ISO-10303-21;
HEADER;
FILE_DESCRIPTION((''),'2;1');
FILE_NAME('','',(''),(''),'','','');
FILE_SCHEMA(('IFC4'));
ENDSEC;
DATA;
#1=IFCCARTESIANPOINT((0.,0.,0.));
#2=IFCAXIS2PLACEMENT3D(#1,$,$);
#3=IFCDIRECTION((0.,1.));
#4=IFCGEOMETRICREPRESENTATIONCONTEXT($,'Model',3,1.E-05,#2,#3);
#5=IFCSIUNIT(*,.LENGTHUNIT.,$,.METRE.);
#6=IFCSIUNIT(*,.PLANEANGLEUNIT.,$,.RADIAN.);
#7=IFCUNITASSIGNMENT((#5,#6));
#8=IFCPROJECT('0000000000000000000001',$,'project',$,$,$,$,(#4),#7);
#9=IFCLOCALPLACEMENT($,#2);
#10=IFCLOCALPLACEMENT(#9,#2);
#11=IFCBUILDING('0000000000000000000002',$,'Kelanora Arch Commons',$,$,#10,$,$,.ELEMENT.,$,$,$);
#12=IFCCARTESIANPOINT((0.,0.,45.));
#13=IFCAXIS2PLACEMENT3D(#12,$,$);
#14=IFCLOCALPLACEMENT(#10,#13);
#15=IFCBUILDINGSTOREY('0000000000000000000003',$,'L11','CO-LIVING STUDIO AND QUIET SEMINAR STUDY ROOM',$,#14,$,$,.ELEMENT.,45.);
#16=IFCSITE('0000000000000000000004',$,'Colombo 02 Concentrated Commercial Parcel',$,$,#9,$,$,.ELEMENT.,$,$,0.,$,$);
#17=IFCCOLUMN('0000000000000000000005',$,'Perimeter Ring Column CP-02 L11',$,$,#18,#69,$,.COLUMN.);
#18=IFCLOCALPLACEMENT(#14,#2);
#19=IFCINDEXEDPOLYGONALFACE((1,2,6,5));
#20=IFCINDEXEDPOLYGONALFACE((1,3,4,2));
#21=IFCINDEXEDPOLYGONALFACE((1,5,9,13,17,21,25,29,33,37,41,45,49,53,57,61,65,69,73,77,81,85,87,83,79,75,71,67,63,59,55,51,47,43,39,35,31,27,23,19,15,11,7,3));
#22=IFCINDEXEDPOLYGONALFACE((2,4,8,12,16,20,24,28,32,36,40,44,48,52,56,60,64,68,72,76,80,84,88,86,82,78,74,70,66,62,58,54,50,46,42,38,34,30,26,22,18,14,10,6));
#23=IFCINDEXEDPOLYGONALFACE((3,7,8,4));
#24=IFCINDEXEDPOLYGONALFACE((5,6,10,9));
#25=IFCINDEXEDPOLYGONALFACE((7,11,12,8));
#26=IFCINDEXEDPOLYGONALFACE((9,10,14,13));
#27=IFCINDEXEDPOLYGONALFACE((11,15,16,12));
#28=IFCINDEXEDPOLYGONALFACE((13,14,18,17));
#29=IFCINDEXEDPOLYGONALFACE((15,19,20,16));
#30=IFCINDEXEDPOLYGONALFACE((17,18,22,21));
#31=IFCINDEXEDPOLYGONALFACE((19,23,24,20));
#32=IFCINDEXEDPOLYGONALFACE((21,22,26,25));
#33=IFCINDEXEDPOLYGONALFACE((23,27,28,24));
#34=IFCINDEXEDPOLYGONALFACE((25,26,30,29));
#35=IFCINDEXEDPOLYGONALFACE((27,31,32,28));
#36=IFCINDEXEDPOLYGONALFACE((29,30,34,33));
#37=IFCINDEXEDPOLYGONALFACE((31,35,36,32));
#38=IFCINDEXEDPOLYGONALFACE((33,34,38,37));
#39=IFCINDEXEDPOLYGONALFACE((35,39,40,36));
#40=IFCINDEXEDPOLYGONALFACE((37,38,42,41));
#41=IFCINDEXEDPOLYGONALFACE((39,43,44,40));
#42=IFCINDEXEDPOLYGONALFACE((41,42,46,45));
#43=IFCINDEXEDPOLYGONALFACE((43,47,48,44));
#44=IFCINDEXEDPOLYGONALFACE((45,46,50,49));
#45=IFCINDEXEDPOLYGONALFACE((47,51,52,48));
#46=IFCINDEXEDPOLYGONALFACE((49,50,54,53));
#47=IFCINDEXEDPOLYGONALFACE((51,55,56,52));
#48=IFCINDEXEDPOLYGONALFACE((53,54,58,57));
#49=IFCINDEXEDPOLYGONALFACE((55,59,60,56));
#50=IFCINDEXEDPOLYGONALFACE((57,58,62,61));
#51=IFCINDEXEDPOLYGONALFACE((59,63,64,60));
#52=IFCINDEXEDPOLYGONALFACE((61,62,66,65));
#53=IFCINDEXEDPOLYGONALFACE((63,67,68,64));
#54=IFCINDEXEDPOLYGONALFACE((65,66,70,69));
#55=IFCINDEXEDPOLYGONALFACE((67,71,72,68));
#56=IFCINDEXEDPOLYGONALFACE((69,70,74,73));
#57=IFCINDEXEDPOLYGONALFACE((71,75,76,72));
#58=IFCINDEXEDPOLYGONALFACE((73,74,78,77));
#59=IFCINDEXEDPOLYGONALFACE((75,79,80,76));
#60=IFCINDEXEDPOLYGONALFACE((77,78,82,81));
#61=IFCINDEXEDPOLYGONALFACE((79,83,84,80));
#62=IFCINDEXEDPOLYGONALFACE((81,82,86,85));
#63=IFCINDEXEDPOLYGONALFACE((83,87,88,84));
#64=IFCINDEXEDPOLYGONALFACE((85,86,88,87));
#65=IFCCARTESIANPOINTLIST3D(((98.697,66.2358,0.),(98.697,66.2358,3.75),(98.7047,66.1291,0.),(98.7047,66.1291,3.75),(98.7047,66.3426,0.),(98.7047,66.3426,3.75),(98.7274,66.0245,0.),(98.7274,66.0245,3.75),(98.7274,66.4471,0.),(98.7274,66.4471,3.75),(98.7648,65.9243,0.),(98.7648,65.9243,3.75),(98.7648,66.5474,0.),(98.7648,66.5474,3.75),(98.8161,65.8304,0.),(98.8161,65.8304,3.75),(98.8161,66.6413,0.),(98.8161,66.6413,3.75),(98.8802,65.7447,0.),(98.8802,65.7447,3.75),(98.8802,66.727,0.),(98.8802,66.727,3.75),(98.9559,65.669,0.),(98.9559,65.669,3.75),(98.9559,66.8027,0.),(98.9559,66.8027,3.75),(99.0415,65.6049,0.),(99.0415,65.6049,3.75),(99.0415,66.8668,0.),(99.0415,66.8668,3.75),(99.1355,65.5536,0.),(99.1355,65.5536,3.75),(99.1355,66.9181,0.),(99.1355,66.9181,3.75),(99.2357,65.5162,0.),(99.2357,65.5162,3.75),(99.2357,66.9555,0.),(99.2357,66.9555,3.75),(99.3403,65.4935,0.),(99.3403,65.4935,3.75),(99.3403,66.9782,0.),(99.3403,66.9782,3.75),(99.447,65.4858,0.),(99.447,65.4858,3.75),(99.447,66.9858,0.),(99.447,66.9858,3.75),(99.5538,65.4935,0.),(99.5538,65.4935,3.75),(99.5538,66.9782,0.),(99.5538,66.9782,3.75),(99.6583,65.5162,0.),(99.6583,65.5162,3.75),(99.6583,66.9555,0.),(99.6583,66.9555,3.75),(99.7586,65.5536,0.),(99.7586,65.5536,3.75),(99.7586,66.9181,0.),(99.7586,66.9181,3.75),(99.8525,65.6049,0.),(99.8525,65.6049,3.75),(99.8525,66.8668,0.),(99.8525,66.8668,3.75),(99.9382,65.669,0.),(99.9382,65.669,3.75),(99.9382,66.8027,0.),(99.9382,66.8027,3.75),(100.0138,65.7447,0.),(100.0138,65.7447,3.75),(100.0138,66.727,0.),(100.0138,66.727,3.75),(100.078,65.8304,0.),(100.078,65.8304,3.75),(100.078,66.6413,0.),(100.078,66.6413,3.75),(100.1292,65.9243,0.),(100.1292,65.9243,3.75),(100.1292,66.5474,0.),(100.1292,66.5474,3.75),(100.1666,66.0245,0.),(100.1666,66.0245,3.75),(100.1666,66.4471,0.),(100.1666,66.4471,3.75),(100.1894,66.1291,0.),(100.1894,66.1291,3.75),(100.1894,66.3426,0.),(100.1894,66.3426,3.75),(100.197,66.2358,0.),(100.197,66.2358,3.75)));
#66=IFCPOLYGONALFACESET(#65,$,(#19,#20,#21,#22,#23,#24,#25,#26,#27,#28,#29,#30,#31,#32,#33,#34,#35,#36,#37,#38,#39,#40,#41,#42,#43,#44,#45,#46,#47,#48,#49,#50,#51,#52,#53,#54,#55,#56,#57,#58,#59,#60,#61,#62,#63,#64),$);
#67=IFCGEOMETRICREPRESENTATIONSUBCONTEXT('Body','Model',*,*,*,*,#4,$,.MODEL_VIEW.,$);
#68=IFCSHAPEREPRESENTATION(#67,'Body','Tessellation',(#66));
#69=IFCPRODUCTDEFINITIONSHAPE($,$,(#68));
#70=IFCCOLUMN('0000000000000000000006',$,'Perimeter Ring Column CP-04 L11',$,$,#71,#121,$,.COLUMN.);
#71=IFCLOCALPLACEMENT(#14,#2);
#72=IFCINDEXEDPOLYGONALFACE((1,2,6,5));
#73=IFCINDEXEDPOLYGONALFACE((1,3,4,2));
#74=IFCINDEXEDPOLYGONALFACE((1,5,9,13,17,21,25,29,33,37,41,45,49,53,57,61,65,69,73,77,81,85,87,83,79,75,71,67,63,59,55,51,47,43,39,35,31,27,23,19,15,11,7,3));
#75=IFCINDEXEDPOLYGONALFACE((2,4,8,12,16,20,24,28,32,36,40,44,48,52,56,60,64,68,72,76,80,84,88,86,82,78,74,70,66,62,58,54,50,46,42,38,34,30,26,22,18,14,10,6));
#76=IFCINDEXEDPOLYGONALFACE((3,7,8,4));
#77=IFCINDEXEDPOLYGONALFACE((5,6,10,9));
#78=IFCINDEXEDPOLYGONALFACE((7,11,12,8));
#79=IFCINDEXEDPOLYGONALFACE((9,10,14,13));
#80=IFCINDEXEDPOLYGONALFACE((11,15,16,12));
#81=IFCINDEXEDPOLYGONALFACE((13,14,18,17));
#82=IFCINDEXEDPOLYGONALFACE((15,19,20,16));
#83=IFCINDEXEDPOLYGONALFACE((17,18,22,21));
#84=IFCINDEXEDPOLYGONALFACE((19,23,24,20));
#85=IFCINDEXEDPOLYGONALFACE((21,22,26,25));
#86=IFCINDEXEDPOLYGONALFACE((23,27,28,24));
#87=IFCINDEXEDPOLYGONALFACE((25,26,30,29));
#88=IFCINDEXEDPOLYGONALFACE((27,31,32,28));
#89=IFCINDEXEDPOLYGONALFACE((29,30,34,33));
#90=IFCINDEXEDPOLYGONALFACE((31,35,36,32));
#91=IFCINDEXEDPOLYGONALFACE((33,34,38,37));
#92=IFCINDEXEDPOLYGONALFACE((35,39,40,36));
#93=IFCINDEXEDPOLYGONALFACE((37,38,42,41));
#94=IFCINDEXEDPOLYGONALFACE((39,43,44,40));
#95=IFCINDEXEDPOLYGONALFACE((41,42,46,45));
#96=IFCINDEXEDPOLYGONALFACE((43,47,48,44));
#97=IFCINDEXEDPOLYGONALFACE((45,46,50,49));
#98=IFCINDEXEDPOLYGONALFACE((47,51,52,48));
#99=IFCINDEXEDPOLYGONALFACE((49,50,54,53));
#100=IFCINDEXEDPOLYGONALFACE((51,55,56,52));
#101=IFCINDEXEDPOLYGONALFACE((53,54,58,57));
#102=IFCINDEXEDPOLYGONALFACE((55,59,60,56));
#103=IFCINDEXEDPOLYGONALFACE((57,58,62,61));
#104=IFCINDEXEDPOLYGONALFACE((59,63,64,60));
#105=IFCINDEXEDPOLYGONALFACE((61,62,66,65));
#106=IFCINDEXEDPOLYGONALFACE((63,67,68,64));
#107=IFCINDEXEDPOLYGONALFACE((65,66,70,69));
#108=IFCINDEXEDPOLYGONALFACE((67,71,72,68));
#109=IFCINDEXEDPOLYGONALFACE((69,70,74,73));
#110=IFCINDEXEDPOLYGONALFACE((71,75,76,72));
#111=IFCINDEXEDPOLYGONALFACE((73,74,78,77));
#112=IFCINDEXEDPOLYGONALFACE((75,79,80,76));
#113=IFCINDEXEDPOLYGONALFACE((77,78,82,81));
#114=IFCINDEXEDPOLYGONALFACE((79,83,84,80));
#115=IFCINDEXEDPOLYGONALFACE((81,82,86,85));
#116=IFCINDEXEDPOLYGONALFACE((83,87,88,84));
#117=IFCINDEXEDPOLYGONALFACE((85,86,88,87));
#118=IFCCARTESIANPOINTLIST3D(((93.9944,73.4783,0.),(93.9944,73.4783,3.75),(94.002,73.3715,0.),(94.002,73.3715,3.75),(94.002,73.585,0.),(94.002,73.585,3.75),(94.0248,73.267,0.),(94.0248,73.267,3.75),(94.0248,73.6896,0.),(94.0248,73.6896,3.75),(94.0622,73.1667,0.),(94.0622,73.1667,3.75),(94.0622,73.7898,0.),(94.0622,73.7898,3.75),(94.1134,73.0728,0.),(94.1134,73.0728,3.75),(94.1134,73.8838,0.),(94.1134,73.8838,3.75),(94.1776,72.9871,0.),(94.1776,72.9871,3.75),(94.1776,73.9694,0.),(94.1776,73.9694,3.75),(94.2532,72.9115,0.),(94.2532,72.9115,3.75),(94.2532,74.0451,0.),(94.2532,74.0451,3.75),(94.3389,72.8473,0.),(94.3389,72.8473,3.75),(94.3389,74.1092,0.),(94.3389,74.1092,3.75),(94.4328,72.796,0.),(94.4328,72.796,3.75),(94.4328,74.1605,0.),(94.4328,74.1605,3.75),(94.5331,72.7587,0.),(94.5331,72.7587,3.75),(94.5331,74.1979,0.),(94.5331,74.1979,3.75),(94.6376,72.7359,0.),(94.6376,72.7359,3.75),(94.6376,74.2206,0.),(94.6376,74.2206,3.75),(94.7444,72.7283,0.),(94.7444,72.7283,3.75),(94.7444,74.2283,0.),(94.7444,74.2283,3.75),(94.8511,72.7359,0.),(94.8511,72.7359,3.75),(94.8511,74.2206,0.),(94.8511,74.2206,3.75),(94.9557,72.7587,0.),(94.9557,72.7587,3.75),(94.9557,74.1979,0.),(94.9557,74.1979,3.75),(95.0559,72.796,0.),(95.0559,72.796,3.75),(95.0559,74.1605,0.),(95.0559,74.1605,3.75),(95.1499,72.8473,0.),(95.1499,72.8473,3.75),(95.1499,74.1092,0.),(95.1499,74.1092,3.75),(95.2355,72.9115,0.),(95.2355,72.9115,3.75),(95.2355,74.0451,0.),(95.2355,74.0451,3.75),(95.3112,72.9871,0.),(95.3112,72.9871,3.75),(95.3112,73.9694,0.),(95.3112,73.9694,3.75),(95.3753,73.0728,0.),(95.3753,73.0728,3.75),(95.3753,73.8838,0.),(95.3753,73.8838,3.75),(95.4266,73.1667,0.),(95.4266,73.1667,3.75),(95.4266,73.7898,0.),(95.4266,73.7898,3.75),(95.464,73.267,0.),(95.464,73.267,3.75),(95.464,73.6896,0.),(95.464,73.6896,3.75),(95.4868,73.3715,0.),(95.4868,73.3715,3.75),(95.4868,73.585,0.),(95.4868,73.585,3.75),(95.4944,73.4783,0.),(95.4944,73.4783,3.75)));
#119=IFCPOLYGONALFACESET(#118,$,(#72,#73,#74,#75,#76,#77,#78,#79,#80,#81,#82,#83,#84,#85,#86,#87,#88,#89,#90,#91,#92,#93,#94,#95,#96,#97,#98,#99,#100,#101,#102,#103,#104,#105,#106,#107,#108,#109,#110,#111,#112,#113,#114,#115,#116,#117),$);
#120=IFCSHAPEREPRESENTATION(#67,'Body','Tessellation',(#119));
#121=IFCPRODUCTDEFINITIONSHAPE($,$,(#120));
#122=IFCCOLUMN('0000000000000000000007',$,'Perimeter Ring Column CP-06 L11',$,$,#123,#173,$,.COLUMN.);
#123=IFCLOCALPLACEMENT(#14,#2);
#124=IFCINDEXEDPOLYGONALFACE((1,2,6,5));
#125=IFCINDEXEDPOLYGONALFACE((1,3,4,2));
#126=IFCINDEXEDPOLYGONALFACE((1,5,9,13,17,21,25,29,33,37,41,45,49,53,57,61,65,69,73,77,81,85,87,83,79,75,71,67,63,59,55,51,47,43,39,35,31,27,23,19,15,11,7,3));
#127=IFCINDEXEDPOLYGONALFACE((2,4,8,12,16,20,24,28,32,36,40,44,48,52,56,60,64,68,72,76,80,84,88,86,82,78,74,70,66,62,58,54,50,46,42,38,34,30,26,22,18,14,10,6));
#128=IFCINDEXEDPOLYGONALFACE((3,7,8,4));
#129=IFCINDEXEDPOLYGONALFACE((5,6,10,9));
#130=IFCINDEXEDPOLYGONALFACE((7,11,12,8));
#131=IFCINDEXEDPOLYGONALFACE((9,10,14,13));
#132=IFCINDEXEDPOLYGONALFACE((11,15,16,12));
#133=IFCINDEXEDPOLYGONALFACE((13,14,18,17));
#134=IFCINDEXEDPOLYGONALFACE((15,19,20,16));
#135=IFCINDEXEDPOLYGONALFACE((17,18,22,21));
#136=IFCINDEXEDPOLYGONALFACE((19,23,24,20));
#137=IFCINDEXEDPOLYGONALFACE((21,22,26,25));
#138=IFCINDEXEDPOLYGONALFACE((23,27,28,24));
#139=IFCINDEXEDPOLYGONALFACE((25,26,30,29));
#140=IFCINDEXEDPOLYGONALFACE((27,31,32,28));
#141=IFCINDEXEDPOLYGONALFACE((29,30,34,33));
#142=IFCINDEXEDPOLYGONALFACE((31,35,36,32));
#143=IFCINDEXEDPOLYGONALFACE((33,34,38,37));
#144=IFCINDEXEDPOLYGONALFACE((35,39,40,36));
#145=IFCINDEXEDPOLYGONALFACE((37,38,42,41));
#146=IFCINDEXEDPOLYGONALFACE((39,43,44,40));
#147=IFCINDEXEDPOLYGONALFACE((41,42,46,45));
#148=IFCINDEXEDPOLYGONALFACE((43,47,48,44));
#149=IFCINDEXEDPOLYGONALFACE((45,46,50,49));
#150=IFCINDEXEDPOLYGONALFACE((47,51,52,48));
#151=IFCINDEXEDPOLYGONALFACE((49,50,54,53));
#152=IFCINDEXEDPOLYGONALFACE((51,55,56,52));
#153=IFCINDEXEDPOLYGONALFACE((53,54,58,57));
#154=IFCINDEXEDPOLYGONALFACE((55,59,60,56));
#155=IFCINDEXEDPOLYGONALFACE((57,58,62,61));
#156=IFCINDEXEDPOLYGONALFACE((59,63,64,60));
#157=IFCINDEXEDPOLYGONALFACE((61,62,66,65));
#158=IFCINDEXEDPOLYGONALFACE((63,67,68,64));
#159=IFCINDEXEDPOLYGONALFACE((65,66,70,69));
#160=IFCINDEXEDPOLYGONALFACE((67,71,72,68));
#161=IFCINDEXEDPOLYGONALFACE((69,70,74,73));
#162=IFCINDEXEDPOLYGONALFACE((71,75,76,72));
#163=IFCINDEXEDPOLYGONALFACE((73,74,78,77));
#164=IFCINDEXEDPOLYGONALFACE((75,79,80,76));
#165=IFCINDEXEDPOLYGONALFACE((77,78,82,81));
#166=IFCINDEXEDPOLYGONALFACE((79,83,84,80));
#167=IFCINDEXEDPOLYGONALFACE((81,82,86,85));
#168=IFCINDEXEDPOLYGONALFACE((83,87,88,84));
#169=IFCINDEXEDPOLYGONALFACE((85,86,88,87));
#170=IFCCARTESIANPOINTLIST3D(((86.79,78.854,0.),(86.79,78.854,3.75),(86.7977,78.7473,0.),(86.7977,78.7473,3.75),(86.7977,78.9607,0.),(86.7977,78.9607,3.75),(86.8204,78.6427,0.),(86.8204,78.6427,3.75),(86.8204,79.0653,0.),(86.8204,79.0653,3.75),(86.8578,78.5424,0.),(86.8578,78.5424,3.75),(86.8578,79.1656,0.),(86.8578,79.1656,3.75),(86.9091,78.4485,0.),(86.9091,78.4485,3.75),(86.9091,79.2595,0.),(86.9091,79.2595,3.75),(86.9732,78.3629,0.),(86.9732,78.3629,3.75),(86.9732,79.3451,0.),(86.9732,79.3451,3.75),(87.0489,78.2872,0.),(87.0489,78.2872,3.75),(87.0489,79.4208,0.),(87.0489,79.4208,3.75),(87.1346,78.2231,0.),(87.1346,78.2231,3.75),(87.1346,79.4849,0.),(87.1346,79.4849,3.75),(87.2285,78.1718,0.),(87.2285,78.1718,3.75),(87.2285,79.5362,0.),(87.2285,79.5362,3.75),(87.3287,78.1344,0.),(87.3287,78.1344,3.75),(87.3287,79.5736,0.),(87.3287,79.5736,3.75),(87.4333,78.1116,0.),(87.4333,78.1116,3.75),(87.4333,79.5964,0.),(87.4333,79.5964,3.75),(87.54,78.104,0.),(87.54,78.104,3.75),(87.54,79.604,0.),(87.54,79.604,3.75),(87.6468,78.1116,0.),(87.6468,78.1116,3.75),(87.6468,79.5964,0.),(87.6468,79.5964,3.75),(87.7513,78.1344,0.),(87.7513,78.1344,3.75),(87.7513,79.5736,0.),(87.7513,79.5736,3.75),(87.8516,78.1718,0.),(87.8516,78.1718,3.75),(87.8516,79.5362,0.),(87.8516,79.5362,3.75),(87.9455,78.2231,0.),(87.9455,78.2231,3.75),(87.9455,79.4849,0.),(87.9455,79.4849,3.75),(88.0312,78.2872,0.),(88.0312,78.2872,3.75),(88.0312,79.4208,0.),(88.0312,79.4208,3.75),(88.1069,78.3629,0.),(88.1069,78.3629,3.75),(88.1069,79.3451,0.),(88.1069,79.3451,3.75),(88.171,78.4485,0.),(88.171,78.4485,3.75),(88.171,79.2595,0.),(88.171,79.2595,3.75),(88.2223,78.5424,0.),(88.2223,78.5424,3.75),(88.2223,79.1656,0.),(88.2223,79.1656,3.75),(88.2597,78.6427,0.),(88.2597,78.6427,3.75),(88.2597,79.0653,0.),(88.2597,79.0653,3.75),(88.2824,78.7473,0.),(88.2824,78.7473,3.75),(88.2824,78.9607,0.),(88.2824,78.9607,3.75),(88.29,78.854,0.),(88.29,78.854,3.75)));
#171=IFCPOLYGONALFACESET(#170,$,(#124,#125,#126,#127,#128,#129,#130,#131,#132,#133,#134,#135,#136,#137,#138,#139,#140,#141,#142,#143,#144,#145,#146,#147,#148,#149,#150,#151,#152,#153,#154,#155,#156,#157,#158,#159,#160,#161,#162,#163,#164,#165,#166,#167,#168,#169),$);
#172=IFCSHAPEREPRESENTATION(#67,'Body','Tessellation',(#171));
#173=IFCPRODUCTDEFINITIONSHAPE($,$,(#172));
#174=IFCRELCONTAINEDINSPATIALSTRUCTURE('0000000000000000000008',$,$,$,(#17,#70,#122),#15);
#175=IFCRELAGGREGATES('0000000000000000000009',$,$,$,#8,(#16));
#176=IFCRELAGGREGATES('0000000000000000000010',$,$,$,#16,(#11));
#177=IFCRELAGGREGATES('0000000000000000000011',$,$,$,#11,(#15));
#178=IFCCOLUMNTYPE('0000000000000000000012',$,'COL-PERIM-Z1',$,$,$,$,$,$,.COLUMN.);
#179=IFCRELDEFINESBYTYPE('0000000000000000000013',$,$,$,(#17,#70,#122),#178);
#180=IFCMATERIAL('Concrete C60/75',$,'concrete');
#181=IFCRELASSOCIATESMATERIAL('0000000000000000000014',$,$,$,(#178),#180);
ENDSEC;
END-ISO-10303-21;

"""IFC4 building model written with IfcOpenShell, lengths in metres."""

from ifc_helpers import new_model, si_unit, direction, frame, origin, origin_2d, place, context, subcontext, project, spatial, circle, extrude, material, material_profile, profile_set, type_object, element, save


model = new_model("IFC4")

# Units and contexts
model_context = context("Model", 3, precision=1e-05, world=origin(), true_north=direction((0.0, 1.0)))
body_context = subcontext(model_context, "Body", "Model", "MODEL_VIEW")
ifc_project = project(units=[si_unit("LENGTHUNIT", "METRE"), si_unit("PLANEANGLEUNIT", "RADIAN")], contexts=[model_context])

# Site, building, storey
site_placement = place(None, origin())
site = spatial("IfcSite", under=ifc_project, at=site_placement, Name="Colombo 02 Concentrated Commercial Parcel", CompositionType="ELEMENT", RefElevation=0.0)
building_placement = place(site_placement, origin())
building = spatial("IfcBuilding", under=site, at=building_placement, Name="Kelanora Arch Commons", CompositionType="ELEMENT")
storey_placement = place(building_placement, frame((0.0, 0.0, 45.0)))
storey = spatial("IfcBuildingStorey", under=building, at=storey_placement, Name="L11", Description="CO-LIVING STUDIO AND QUIET SEMINAR STUDY ROOM", CompositionType="ELEMENT", Elevation=45.0)

# Columns
ifc_material_1 = material(Name="Concrete C60/75", Category="concrete")
ifc_material_profile_1 = material_profile(ifc_material_1, circle(Radius=0.75, at=origin_2d()), Name="RCC1500")
ifc_profile_set_1 = profile_set([ifc_material_profile_1], Name="Concrete C60/75")
column_type = type_object("IfcColumnType", Name="COL-PERIM-Z1", PredefinedType="COLUMN", material=ifc_profile_set_1)
for number, where, z_axis, x_axis, name in (
    (1, (99.447, 66.2358, 0.0), (0.0, 0.0, 1.0), (1.0, 0.0, 0.0), "Perimeter Ring Column CP-02 L11"),
    (2, (94.7444, 73.4783, 0.0), (0.0, 0.0, 1.0), (1.0, 0.0, 0.0), "Perimeter Ring Column CP-04 L11"),
    (3, (87.54, 78.854, 0.0), (0.0, 0.0, 1.0), (1.0, 0.0, 0.0), "Perimeter Ring Column CP-06 L11"),
):
    element("IfcColumn", number, at=place(storey_placement, frame(where, z_axis=z_axis, x_axis=x_axis)), inside=storey, type_object=column_type, Name=name, PredefinedType="COLUMN", context=body_context, shape_type="SweptSolid", body=[
        extrude(circle(Radius=0.75, at=origin_2d()), origin(), (0.0, 0.0, 1.0), 3.75),
    ])

save(model, "model.ifc")
